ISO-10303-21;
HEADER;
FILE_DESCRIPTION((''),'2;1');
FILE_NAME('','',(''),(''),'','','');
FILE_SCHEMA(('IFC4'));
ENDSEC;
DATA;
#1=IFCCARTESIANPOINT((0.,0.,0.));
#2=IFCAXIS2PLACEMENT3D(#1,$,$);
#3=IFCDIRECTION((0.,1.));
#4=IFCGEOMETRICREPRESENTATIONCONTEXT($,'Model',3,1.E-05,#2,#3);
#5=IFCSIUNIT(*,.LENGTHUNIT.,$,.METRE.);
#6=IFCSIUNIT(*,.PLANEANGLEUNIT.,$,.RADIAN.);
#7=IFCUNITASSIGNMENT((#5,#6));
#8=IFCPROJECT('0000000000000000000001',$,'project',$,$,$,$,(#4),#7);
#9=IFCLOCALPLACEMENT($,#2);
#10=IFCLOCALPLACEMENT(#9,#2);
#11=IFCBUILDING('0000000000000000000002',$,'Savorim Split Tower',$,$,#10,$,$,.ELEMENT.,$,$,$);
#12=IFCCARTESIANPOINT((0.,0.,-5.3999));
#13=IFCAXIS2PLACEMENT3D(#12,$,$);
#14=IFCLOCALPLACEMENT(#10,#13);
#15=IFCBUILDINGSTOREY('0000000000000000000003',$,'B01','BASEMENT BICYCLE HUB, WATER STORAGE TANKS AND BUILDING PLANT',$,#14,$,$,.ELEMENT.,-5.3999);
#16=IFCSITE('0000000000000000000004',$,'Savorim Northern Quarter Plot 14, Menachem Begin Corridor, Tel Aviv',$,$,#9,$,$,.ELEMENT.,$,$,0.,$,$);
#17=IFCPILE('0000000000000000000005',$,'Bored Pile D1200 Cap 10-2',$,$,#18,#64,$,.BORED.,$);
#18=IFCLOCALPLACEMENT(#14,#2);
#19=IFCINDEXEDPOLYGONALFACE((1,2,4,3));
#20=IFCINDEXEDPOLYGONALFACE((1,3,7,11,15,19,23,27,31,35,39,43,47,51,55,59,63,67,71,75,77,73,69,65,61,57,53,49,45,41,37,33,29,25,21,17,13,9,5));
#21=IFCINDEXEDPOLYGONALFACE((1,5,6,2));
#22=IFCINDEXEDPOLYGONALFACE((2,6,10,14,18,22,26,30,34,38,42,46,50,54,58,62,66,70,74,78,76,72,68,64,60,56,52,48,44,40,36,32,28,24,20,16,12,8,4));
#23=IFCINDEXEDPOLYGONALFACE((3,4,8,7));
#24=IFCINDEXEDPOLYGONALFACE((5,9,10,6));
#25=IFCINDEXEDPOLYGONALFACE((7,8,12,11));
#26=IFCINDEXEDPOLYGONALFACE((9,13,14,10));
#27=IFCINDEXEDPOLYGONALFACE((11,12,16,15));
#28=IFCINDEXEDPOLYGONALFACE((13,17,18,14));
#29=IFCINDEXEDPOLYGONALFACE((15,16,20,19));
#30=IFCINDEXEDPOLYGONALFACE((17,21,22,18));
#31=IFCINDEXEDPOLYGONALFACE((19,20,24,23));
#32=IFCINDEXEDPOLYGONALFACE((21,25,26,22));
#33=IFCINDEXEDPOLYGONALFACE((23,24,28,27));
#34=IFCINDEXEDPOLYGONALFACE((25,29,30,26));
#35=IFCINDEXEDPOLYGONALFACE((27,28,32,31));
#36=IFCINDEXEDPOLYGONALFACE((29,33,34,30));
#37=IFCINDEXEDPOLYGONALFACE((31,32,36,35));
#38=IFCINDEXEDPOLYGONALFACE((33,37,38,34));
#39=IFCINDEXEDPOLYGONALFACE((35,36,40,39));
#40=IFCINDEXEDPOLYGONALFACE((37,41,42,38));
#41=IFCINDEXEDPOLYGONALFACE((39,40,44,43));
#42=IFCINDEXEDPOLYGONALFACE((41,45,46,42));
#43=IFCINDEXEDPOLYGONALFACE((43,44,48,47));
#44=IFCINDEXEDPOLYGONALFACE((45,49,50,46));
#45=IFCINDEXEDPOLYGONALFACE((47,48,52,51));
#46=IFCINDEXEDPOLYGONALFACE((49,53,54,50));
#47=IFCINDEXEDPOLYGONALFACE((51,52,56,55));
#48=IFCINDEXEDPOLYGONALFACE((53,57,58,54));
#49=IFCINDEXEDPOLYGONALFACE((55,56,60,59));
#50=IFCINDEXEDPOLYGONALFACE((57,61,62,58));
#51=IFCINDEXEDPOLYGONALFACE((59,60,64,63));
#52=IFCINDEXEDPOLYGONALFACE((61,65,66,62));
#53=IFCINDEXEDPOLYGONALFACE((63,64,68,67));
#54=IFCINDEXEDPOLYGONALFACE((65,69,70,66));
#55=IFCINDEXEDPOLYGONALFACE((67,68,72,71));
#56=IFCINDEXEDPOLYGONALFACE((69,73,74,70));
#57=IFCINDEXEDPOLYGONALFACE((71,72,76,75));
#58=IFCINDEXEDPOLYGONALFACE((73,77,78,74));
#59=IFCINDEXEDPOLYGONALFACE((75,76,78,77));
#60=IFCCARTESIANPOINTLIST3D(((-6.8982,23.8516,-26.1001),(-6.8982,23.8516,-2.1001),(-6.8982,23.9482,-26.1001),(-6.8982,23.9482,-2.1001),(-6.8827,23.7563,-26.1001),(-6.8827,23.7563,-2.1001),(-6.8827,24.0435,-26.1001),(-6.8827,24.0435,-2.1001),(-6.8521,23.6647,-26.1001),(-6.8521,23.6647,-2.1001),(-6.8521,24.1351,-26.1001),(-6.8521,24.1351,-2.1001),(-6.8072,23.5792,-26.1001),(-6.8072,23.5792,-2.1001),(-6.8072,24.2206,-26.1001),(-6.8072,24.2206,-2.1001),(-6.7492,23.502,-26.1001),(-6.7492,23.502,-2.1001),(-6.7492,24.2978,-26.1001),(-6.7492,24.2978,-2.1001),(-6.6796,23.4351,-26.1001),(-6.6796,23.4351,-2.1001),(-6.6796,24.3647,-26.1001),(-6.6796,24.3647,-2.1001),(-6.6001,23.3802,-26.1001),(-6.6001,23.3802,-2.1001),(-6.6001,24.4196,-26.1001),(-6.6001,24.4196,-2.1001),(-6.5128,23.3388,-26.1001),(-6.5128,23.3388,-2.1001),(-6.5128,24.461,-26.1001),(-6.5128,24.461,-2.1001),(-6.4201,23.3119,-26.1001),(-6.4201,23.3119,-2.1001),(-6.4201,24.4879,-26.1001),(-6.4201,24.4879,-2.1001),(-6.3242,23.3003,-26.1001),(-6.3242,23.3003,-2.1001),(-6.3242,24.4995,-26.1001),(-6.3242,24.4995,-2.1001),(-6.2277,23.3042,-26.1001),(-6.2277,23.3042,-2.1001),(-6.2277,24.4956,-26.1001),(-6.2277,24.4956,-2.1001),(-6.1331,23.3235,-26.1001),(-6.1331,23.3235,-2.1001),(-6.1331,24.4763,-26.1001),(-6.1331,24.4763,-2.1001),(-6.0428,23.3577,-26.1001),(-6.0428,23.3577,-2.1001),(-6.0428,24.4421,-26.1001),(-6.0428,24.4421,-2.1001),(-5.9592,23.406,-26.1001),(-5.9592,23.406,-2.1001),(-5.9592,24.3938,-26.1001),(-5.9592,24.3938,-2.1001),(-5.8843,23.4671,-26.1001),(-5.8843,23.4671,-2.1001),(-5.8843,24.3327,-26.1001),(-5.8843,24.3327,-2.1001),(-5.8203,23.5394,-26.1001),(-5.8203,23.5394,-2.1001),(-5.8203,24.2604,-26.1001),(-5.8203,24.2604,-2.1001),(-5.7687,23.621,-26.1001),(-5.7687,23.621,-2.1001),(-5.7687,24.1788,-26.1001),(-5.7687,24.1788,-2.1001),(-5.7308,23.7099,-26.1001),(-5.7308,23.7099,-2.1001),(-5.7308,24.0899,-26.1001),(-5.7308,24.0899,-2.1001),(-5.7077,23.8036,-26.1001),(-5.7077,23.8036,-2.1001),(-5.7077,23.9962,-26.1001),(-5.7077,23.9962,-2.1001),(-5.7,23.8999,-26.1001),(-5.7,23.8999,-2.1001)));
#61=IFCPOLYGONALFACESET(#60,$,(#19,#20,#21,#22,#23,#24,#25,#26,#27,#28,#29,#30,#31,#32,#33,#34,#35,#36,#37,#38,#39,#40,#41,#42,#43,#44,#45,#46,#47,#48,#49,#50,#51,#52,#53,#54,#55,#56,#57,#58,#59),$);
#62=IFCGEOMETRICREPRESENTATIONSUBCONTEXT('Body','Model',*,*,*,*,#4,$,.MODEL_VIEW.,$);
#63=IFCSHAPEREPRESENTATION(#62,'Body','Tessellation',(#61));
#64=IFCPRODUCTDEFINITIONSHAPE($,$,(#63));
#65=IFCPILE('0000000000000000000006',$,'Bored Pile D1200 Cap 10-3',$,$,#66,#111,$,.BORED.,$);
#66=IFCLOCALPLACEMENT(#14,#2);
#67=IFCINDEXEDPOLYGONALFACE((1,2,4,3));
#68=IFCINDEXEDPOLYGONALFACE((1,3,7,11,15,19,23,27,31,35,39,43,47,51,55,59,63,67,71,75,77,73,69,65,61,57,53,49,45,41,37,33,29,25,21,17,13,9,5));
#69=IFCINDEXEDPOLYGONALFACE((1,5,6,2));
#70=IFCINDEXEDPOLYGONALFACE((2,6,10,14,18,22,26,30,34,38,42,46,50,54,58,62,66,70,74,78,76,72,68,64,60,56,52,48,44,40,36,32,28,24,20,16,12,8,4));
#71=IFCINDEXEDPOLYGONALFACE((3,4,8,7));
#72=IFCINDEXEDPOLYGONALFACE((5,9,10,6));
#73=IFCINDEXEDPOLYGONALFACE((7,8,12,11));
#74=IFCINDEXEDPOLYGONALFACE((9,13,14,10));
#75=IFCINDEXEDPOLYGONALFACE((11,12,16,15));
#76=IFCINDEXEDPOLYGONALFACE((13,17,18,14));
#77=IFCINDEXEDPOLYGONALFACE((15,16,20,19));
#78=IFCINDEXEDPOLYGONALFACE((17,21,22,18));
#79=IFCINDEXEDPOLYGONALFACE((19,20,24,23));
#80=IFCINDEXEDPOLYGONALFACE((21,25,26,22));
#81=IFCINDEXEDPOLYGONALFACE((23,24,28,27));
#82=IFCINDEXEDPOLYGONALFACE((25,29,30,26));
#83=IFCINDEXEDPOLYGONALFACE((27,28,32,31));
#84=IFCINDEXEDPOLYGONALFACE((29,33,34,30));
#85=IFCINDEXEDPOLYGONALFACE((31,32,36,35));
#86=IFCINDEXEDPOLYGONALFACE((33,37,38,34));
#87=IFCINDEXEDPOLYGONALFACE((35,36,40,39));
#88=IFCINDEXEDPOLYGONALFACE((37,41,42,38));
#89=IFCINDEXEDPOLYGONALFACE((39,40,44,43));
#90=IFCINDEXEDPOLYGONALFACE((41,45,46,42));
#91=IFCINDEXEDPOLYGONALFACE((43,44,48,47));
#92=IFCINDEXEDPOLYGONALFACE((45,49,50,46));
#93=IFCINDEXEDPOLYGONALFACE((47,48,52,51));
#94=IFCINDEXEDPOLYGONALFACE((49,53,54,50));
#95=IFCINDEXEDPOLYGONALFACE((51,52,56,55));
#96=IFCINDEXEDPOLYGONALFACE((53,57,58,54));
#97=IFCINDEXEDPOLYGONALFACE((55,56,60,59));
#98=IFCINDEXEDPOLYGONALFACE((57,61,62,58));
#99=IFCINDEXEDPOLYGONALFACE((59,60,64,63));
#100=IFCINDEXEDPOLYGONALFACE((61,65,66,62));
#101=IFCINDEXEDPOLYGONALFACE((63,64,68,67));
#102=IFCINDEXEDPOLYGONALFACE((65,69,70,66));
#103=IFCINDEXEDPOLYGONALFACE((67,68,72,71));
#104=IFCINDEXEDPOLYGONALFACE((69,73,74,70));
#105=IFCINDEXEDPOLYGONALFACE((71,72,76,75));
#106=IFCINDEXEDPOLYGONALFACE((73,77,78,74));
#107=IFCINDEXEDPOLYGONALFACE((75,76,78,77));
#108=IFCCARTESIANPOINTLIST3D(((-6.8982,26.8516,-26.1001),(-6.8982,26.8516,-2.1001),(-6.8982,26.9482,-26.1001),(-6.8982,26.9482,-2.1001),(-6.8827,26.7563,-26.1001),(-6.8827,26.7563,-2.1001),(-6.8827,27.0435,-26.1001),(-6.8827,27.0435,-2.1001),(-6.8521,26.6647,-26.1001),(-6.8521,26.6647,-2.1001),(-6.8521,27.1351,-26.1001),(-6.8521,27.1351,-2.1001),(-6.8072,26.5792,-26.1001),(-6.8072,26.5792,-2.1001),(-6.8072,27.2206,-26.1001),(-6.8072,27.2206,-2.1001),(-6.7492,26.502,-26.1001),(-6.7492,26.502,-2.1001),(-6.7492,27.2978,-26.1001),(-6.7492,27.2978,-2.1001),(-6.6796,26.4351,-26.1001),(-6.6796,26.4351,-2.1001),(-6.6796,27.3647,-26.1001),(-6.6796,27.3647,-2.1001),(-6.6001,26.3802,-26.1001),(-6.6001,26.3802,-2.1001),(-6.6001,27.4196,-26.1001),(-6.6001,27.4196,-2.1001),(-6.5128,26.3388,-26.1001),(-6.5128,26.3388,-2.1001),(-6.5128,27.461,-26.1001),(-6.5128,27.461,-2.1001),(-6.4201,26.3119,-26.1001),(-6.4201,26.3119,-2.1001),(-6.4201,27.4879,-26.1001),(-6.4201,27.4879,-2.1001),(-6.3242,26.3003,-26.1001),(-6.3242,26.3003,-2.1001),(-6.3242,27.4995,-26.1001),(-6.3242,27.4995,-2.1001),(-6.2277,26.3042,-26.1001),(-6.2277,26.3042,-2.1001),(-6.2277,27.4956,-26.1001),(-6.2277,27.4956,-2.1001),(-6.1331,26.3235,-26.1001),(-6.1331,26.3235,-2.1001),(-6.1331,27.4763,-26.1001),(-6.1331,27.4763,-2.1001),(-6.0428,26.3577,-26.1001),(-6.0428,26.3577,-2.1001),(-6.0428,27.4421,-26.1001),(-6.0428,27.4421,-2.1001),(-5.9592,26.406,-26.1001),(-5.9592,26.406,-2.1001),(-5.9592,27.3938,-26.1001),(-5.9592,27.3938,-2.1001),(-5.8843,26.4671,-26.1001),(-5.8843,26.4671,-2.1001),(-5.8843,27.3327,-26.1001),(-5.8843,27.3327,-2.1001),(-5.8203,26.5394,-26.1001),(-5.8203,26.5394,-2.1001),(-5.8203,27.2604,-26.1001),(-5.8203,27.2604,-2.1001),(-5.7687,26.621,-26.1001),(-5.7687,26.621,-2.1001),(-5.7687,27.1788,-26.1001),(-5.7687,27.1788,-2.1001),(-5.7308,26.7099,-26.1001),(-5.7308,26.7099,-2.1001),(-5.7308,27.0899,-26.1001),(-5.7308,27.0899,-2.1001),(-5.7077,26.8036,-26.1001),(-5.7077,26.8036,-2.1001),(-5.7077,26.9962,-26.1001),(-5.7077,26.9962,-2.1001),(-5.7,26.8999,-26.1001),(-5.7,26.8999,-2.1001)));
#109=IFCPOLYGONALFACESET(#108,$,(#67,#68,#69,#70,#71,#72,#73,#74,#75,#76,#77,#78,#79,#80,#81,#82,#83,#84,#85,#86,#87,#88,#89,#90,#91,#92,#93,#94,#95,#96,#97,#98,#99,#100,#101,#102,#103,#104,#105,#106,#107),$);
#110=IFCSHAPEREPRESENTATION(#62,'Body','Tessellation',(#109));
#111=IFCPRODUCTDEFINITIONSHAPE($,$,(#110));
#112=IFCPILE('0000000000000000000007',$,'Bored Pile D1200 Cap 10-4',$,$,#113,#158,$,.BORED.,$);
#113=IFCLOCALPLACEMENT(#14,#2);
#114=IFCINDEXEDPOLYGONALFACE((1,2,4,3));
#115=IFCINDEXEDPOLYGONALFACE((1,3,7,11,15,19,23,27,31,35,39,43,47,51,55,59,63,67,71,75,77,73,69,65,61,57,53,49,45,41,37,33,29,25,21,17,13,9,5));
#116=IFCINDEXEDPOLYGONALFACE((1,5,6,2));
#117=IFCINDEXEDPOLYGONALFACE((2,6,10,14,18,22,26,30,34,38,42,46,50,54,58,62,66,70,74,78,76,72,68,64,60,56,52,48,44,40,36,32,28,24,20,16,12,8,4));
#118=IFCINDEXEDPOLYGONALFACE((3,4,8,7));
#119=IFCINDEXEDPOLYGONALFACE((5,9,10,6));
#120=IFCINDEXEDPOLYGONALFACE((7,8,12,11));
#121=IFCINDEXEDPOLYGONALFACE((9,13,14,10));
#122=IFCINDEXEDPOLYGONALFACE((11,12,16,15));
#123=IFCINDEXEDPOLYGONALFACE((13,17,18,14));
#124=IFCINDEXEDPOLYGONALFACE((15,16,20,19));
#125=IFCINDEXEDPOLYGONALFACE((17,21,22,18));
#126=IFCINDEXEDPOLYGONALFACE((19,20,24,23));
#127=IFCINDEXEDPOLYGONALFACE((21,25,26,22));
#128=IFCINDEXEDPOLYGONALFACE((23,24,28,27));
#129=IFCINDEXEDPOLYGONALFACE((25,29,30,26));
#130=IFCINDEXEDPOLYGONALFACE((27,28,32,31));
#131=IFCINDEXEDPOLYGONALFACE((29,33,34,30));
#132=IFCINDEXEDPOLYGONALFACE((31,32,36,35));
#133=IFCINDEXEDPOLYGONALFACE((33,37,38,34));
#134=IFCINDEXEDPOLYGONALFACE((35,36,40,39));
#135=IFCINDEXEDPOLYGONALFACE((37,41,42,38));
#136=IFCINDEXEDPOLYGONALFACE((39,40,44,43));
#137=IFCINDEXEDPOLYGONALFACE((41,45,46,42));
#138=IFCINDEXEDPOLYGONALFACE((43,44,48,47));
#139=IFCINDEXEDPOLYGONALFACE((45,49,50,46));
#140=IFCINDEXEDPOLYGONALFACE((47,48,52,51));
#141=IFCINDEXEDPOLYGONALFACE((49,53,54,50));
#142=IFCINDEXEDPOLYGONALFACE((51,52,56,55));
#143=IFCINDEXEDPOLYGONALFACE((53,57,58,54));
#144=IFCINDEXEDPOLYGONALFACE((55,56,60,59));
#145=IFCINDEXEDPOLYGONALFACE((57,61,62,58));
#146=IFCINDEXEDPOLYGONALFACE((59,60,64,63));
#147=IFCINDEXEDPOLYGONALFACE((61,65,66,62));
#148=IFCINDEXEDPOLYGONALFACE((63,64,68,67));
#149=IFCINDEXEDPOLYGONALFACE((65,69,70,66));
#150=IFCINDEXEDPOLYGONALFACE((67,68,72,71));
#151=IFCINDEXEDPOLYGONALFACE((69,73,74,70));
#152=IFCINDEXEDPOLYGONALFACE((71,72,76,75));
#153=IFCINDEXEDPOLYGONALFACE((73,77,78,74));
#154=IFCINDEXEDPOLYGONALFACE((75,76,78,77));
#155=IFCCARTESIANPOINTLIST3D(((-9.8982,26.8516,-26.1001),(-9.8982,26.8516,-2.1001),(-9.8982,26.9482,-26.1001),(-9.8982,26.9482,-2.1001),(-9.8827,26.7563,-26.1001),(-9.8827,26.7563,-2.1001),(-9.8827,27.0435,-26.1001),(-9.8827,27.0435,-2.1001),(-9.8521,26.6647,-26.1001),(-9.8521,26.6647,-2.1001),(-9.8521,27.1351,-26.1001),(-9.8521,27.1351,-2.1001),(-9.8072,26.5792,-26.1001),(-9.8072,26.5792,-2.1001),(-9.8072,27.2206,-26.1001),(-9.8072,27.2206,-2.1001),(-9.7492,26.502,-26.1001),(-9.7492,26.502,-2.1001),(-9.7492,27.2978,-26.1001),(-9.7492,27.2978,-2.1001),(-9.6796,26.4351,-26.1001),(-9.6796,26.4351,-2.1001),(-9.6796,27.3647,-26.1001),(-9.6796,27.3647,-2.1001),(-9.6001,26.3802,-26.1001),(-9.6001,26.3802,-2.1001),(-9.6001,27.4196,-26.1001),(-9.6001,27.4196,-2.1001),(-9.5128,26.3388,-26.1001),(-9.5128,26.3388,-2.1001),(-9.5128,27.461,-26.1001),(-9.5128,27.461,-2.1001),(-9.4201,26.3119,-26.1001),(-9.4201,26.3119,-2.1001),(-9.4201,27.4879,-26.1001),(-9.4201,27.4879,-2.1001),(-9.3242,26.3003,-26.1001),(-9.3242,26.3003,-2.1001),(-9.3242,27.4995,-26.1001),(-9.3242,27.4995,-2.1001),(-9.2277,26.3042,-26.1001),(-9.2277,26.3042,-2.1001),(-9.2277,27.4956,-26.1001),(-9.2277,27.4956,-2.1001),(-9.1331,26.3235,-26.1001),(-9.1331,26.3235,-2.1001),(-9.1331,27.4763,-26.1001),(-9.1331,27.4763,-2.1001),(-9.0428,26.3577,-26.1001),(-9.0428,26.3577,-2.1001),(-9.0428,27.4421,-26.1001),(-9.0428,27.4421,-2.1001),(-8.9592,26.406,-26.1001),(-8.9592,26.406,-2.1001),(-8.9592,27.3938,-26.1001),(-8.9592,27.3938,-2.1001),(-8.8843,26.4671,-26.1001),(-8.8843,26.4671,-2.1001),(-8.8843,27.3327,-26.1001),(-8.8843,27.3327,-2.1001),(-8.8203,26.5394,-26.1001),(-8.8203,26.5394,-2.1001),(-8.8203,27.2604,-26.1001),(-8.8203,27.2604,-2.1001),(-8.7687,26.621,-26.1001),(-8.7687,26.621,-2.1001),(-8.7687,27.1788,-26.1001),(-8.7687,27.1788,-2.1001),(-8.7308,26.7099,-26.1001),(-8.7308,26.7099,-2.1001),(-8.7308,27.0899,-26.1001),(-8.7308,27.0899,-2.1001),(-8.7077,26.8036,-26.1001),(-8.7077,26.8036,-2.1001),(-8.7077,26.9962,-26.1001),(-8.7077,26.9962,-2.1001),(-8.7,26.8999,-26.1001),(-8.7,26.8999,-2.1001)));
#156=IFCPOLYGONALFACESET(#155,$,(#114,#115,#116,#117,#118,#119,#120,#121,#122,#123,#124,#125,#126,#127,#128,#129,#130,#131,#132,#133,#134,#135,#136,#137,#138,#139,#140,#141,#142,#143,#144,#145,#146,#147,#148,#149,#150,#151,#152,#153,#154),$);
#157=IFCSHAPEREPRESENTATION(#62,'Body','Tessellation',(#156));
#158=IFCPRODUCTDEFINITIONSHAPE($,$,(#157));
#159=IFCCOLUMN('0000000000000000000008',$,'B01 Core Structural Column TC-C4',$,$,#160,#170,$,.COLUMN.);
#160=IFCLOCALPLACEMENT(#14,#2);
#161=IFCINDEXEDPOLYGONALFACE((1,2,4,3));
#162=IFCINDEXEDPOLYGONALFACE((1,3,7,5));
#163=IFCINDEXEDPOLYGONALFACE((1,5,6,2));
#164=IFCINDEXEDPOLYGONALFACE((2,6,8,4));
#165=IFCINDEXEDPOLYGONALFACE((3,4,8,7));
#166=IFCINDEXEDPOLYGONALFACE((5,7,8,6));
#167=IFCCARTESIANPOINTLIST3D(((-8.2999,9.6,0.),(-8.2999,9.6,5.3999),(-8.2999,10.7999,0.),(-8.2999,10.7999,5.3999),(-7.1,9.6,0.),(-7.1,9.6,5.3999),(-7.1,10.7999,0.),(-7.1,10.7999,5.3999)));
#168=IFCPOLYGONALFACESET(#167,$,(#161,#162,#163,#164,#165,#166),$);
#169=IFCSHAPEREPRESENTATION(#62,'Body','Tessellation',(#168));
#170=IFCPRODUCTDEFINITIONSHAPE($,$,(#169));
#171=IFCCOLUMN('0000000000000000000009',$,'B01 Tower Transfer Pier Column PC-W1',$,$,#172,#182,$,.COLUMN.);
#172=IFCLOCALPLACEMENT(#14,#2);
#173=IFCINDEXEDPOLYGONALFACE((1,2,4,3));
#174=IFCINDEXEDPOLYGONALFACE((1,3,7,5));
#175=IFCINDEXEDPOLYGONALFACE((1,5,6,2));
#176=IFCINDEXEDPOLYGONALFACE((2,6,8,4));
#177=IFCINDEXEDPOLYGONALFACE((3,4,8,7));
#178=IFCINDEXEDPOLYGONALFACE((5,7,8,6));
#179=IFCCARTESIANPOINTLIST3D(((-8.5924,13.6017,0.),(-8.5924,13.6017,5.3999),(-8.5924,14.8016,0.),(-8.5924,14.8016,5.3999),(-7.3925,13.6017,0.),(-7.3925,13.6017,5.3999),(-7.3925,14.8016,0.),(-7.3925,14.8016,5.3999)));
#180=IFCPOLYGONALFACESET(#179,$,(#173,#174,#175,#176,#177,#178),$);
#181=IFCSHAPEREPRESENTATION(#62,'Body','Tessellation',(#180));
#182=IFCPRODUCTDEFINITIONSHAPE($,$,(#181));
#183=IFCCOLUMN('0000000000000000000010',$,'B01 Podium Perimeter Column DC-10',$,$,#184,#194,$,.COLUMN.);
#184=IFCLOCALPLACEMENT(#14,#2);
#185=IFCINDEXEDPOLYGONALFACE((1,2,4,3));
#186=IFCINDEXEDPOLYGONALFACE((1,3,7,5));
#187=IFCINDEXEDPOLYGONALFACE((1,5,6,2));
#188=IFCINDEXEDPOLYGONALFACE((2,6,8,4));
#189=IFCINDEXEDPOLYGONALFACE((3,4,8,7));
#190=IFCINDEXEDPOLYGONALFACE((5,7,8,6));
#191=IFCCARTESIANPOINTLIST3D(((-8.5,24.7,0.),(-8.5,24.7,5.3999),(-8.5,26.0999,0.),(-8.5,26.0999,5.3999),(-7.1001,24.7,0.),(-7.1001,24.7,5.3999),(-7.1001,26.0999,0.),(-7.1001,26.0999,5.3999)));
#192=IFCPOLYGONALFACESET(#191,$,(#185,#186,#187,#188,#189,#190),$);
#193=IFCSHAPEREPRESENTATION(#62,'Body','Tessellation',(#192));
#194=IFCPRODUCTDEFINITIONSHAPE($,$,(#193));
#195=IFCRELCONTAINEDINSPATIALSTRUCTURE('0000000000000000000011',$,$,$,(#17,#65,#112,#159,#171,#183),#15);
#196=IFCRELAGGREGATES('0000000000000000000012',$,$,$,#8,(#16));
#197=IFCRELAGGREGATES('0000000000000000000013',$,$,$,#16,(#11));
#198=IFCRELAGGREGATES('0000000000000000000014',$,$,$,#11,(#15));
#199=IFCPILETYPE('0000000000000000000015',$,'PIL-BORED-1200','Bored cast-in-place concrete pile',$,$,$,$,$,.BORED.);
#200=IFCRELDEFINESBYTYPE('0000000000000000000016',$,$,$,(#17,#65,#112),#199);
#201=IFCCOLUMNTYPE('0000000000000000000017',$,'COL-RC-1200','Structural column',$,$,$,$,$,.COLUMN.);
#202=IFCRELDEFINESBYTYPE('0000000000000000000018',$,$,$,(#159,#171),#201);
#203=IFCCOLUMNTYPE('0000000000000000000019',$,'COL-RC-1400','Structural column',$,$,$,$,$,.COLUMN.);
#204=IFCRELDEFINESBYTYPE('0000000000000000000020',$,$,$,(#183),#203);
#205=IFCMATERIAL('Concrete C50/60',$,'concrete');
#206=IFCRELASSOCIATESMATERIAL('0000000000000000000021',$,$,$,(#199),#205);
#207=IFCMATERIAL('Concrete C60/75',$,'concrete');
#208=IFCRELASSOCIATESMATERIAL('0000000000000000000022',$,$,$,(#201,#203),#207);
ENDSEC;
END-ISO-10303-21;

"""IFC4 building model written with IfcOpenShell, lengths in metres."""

from ifc_helpers import new_model, si_unit, direction, frame, origin, origin_2d, place, context, subcontext, project, spatial, rectangle, circle, extrude, material, material_profile, profile_set, type_object, element, save


model = new_model("IFC4")

# Units and contexts
model_context = context("Model", 3, precision=1e-05, world=origin(), true_north=direction((0.0, 1.0)))
body_context = subcontext(model_context, "Body", "Model", "MODEL_VIEW")
ifc_project = project(units=[si_unit("LENGTHUNIT", "METRE"), si_unit("PLANEANGLEUNIT", "RADIAN")], contexts=[model_context])

# Site, building, storey
site_placement = place(None, origin())
site = spatial("IfcSite", under=ifc_project, at=site_placement, Name="Savorim Northern Quarter Plot 14, Menachem Begin Corridor, Tel Aviv", CompositionType="ELEMENT", RefElevation=0.0)
building_placement = place(site_placement, origin())
building = spatial("IfcBuilding", under=site, at=building_placement, Name="Savorim Split Tower", CompositionType="ELEMENT")
storey_placement = place(building_placement, frame((0.0, 0.0, -5.3999)))
storey = spatial("IfcBuildingStorey", under=building, at=storey_placement, Name="B01", Description="BASEMENT BICYCLE HUB, WATER STORAGE TANKS AND BUILDING PLANT", CompositionType="ELEMENT", Elevation=-5.3999)

# Shared definitions
ifc_material_1 = material(Name="Concrete C50/60", Category="concrete")

# Piles
ifc_material_profile_1 = material_profile(ifc_material_1, circle(Radius=0.6001, at=origin_2d()), Name="PILE D1200")
ifc_profile_set_1 = profile_set([ifc_material_profile_1], Name="Concrete C50/60")
pile_type = type_object("IfcPileType", Name="PIL-BORED-1200", Description="Bored cast-in-place concrete pile", PredefinedType="BORED", material=ifc_profile_set_1)
for number, where, z_axis, x_axis, name in (
    (1, (-6.3, 23.8999, -2.1001), (0.0, 0.0, -1.0), (1.0, 0.0, 0.0), "Bored Pile D1200 Cap 10-2"),
    (2, (-6.3, 26.8999, -2.1001), (0.0, 0.0, -1.0), (1.0, 0.0, 0.0), "Bored Pile D1200 Cap 10-3"),
    (3, (-9.3, 26.8999, -2.1001), (0.0, 0.0, -1.0), (1.0, 0.0, 0.0), "Bored Pile D1200 Cap 10-4"),
):
    element("IfcPile", number, at=place(storey_placement, frame(where, z_axis=z_axis, x_axis=x_axis)), inside=storey, type_object=pile_type, Name=name, PredefinedType="BORED", context=body_context, shape_type="SweptSolid", body=[
        extrude(circle(Radius=0.6001, at=origin_2d()), origin(), (0.0, 0.0, 1.0), 24.0),
    ])

# Columns
ifc_material_2 = material(Name="Concrete C60/75", Category="concrete")
ifc_material_profile_2 = material_profile(ifc_material_2, rectangle(XDim=1.2, YDim=1.2, at=origin_2d()), Name="RC 1200x1200")
ifc_profile_set_2 = profile_set([ifc_material_profile_2], Name="Concrete C60/75")
column_type_1 = type_object("IfcColumnType", Name="COL-RC-1200", Description="Structural column", PredefinedType="COLUMN", material=ifc_profile_set_2)
for number, where, z_axis, x_axis, name in (
    (4, (-7.7, 10.2, 0.0), (0.0, 0.0, 1.0), (1.0, 0.0, 0.0), "B01 Core Structural Column TC-C4"),
    (5, (-7.9924, 14.2017, 0.0), (0.0, 0.0, 1.0), (1.0, 0.0, 0.0), "B01 Tower Transfer Pier Column PC-W1"),
):
    element("IfcColumn", number, at=place(storey_placement, frame(where, z_axis=z_axis, x_axis=x_axis)), inside=storey, type_object=column_type_1, Name=name, PredefinedType="COLUMN", context=body_context, shape_type="SweptSolid", body=[
        extrude(rectangle(XDim=1.2, YDim=1.2, at=origin_2d()), origin(), (0.0, 0.0, 1.0), 5.3999),
    ])
ifc_material_profile_3 = material_profile(ifc_material_2, rectangle(XDim=1.3999, YDim=1.3999, at=origin_2d()), Name="RC 1400x1400")
ifc_profile_set_3 = profile_set([ifc_material_profile_3], Name="Concrete C60/75")
column_type_2 = type_object("IfcColumnType", Name="COL-RC-1400", Description="Structural column", PredefinedType="COLUMN", material=ifc_profile_set_3)
column_1_placement = place(storey_placement, frame((-7.8, 25.3999, 0.0), z_axis=(0.0, 0.0, 1.0), x_axis=(1.0, 0.0, 0.0)))
element("IfcColumn", 6, at=column_1_placement, inside=storey, type_object=column_type_2, Name="B01 Podium Perimeter Column DC-10", PredefinedType="COLUMN", context=body_context, shape_type="SweptSolid", body=[
    extrude(rectangle(XDim=1.3999, YDim=1.3999, at=origin_2d()), origin(), (0.0, 0.0, 1.0), 5.3999),
])

save(model, "model.ifc")
